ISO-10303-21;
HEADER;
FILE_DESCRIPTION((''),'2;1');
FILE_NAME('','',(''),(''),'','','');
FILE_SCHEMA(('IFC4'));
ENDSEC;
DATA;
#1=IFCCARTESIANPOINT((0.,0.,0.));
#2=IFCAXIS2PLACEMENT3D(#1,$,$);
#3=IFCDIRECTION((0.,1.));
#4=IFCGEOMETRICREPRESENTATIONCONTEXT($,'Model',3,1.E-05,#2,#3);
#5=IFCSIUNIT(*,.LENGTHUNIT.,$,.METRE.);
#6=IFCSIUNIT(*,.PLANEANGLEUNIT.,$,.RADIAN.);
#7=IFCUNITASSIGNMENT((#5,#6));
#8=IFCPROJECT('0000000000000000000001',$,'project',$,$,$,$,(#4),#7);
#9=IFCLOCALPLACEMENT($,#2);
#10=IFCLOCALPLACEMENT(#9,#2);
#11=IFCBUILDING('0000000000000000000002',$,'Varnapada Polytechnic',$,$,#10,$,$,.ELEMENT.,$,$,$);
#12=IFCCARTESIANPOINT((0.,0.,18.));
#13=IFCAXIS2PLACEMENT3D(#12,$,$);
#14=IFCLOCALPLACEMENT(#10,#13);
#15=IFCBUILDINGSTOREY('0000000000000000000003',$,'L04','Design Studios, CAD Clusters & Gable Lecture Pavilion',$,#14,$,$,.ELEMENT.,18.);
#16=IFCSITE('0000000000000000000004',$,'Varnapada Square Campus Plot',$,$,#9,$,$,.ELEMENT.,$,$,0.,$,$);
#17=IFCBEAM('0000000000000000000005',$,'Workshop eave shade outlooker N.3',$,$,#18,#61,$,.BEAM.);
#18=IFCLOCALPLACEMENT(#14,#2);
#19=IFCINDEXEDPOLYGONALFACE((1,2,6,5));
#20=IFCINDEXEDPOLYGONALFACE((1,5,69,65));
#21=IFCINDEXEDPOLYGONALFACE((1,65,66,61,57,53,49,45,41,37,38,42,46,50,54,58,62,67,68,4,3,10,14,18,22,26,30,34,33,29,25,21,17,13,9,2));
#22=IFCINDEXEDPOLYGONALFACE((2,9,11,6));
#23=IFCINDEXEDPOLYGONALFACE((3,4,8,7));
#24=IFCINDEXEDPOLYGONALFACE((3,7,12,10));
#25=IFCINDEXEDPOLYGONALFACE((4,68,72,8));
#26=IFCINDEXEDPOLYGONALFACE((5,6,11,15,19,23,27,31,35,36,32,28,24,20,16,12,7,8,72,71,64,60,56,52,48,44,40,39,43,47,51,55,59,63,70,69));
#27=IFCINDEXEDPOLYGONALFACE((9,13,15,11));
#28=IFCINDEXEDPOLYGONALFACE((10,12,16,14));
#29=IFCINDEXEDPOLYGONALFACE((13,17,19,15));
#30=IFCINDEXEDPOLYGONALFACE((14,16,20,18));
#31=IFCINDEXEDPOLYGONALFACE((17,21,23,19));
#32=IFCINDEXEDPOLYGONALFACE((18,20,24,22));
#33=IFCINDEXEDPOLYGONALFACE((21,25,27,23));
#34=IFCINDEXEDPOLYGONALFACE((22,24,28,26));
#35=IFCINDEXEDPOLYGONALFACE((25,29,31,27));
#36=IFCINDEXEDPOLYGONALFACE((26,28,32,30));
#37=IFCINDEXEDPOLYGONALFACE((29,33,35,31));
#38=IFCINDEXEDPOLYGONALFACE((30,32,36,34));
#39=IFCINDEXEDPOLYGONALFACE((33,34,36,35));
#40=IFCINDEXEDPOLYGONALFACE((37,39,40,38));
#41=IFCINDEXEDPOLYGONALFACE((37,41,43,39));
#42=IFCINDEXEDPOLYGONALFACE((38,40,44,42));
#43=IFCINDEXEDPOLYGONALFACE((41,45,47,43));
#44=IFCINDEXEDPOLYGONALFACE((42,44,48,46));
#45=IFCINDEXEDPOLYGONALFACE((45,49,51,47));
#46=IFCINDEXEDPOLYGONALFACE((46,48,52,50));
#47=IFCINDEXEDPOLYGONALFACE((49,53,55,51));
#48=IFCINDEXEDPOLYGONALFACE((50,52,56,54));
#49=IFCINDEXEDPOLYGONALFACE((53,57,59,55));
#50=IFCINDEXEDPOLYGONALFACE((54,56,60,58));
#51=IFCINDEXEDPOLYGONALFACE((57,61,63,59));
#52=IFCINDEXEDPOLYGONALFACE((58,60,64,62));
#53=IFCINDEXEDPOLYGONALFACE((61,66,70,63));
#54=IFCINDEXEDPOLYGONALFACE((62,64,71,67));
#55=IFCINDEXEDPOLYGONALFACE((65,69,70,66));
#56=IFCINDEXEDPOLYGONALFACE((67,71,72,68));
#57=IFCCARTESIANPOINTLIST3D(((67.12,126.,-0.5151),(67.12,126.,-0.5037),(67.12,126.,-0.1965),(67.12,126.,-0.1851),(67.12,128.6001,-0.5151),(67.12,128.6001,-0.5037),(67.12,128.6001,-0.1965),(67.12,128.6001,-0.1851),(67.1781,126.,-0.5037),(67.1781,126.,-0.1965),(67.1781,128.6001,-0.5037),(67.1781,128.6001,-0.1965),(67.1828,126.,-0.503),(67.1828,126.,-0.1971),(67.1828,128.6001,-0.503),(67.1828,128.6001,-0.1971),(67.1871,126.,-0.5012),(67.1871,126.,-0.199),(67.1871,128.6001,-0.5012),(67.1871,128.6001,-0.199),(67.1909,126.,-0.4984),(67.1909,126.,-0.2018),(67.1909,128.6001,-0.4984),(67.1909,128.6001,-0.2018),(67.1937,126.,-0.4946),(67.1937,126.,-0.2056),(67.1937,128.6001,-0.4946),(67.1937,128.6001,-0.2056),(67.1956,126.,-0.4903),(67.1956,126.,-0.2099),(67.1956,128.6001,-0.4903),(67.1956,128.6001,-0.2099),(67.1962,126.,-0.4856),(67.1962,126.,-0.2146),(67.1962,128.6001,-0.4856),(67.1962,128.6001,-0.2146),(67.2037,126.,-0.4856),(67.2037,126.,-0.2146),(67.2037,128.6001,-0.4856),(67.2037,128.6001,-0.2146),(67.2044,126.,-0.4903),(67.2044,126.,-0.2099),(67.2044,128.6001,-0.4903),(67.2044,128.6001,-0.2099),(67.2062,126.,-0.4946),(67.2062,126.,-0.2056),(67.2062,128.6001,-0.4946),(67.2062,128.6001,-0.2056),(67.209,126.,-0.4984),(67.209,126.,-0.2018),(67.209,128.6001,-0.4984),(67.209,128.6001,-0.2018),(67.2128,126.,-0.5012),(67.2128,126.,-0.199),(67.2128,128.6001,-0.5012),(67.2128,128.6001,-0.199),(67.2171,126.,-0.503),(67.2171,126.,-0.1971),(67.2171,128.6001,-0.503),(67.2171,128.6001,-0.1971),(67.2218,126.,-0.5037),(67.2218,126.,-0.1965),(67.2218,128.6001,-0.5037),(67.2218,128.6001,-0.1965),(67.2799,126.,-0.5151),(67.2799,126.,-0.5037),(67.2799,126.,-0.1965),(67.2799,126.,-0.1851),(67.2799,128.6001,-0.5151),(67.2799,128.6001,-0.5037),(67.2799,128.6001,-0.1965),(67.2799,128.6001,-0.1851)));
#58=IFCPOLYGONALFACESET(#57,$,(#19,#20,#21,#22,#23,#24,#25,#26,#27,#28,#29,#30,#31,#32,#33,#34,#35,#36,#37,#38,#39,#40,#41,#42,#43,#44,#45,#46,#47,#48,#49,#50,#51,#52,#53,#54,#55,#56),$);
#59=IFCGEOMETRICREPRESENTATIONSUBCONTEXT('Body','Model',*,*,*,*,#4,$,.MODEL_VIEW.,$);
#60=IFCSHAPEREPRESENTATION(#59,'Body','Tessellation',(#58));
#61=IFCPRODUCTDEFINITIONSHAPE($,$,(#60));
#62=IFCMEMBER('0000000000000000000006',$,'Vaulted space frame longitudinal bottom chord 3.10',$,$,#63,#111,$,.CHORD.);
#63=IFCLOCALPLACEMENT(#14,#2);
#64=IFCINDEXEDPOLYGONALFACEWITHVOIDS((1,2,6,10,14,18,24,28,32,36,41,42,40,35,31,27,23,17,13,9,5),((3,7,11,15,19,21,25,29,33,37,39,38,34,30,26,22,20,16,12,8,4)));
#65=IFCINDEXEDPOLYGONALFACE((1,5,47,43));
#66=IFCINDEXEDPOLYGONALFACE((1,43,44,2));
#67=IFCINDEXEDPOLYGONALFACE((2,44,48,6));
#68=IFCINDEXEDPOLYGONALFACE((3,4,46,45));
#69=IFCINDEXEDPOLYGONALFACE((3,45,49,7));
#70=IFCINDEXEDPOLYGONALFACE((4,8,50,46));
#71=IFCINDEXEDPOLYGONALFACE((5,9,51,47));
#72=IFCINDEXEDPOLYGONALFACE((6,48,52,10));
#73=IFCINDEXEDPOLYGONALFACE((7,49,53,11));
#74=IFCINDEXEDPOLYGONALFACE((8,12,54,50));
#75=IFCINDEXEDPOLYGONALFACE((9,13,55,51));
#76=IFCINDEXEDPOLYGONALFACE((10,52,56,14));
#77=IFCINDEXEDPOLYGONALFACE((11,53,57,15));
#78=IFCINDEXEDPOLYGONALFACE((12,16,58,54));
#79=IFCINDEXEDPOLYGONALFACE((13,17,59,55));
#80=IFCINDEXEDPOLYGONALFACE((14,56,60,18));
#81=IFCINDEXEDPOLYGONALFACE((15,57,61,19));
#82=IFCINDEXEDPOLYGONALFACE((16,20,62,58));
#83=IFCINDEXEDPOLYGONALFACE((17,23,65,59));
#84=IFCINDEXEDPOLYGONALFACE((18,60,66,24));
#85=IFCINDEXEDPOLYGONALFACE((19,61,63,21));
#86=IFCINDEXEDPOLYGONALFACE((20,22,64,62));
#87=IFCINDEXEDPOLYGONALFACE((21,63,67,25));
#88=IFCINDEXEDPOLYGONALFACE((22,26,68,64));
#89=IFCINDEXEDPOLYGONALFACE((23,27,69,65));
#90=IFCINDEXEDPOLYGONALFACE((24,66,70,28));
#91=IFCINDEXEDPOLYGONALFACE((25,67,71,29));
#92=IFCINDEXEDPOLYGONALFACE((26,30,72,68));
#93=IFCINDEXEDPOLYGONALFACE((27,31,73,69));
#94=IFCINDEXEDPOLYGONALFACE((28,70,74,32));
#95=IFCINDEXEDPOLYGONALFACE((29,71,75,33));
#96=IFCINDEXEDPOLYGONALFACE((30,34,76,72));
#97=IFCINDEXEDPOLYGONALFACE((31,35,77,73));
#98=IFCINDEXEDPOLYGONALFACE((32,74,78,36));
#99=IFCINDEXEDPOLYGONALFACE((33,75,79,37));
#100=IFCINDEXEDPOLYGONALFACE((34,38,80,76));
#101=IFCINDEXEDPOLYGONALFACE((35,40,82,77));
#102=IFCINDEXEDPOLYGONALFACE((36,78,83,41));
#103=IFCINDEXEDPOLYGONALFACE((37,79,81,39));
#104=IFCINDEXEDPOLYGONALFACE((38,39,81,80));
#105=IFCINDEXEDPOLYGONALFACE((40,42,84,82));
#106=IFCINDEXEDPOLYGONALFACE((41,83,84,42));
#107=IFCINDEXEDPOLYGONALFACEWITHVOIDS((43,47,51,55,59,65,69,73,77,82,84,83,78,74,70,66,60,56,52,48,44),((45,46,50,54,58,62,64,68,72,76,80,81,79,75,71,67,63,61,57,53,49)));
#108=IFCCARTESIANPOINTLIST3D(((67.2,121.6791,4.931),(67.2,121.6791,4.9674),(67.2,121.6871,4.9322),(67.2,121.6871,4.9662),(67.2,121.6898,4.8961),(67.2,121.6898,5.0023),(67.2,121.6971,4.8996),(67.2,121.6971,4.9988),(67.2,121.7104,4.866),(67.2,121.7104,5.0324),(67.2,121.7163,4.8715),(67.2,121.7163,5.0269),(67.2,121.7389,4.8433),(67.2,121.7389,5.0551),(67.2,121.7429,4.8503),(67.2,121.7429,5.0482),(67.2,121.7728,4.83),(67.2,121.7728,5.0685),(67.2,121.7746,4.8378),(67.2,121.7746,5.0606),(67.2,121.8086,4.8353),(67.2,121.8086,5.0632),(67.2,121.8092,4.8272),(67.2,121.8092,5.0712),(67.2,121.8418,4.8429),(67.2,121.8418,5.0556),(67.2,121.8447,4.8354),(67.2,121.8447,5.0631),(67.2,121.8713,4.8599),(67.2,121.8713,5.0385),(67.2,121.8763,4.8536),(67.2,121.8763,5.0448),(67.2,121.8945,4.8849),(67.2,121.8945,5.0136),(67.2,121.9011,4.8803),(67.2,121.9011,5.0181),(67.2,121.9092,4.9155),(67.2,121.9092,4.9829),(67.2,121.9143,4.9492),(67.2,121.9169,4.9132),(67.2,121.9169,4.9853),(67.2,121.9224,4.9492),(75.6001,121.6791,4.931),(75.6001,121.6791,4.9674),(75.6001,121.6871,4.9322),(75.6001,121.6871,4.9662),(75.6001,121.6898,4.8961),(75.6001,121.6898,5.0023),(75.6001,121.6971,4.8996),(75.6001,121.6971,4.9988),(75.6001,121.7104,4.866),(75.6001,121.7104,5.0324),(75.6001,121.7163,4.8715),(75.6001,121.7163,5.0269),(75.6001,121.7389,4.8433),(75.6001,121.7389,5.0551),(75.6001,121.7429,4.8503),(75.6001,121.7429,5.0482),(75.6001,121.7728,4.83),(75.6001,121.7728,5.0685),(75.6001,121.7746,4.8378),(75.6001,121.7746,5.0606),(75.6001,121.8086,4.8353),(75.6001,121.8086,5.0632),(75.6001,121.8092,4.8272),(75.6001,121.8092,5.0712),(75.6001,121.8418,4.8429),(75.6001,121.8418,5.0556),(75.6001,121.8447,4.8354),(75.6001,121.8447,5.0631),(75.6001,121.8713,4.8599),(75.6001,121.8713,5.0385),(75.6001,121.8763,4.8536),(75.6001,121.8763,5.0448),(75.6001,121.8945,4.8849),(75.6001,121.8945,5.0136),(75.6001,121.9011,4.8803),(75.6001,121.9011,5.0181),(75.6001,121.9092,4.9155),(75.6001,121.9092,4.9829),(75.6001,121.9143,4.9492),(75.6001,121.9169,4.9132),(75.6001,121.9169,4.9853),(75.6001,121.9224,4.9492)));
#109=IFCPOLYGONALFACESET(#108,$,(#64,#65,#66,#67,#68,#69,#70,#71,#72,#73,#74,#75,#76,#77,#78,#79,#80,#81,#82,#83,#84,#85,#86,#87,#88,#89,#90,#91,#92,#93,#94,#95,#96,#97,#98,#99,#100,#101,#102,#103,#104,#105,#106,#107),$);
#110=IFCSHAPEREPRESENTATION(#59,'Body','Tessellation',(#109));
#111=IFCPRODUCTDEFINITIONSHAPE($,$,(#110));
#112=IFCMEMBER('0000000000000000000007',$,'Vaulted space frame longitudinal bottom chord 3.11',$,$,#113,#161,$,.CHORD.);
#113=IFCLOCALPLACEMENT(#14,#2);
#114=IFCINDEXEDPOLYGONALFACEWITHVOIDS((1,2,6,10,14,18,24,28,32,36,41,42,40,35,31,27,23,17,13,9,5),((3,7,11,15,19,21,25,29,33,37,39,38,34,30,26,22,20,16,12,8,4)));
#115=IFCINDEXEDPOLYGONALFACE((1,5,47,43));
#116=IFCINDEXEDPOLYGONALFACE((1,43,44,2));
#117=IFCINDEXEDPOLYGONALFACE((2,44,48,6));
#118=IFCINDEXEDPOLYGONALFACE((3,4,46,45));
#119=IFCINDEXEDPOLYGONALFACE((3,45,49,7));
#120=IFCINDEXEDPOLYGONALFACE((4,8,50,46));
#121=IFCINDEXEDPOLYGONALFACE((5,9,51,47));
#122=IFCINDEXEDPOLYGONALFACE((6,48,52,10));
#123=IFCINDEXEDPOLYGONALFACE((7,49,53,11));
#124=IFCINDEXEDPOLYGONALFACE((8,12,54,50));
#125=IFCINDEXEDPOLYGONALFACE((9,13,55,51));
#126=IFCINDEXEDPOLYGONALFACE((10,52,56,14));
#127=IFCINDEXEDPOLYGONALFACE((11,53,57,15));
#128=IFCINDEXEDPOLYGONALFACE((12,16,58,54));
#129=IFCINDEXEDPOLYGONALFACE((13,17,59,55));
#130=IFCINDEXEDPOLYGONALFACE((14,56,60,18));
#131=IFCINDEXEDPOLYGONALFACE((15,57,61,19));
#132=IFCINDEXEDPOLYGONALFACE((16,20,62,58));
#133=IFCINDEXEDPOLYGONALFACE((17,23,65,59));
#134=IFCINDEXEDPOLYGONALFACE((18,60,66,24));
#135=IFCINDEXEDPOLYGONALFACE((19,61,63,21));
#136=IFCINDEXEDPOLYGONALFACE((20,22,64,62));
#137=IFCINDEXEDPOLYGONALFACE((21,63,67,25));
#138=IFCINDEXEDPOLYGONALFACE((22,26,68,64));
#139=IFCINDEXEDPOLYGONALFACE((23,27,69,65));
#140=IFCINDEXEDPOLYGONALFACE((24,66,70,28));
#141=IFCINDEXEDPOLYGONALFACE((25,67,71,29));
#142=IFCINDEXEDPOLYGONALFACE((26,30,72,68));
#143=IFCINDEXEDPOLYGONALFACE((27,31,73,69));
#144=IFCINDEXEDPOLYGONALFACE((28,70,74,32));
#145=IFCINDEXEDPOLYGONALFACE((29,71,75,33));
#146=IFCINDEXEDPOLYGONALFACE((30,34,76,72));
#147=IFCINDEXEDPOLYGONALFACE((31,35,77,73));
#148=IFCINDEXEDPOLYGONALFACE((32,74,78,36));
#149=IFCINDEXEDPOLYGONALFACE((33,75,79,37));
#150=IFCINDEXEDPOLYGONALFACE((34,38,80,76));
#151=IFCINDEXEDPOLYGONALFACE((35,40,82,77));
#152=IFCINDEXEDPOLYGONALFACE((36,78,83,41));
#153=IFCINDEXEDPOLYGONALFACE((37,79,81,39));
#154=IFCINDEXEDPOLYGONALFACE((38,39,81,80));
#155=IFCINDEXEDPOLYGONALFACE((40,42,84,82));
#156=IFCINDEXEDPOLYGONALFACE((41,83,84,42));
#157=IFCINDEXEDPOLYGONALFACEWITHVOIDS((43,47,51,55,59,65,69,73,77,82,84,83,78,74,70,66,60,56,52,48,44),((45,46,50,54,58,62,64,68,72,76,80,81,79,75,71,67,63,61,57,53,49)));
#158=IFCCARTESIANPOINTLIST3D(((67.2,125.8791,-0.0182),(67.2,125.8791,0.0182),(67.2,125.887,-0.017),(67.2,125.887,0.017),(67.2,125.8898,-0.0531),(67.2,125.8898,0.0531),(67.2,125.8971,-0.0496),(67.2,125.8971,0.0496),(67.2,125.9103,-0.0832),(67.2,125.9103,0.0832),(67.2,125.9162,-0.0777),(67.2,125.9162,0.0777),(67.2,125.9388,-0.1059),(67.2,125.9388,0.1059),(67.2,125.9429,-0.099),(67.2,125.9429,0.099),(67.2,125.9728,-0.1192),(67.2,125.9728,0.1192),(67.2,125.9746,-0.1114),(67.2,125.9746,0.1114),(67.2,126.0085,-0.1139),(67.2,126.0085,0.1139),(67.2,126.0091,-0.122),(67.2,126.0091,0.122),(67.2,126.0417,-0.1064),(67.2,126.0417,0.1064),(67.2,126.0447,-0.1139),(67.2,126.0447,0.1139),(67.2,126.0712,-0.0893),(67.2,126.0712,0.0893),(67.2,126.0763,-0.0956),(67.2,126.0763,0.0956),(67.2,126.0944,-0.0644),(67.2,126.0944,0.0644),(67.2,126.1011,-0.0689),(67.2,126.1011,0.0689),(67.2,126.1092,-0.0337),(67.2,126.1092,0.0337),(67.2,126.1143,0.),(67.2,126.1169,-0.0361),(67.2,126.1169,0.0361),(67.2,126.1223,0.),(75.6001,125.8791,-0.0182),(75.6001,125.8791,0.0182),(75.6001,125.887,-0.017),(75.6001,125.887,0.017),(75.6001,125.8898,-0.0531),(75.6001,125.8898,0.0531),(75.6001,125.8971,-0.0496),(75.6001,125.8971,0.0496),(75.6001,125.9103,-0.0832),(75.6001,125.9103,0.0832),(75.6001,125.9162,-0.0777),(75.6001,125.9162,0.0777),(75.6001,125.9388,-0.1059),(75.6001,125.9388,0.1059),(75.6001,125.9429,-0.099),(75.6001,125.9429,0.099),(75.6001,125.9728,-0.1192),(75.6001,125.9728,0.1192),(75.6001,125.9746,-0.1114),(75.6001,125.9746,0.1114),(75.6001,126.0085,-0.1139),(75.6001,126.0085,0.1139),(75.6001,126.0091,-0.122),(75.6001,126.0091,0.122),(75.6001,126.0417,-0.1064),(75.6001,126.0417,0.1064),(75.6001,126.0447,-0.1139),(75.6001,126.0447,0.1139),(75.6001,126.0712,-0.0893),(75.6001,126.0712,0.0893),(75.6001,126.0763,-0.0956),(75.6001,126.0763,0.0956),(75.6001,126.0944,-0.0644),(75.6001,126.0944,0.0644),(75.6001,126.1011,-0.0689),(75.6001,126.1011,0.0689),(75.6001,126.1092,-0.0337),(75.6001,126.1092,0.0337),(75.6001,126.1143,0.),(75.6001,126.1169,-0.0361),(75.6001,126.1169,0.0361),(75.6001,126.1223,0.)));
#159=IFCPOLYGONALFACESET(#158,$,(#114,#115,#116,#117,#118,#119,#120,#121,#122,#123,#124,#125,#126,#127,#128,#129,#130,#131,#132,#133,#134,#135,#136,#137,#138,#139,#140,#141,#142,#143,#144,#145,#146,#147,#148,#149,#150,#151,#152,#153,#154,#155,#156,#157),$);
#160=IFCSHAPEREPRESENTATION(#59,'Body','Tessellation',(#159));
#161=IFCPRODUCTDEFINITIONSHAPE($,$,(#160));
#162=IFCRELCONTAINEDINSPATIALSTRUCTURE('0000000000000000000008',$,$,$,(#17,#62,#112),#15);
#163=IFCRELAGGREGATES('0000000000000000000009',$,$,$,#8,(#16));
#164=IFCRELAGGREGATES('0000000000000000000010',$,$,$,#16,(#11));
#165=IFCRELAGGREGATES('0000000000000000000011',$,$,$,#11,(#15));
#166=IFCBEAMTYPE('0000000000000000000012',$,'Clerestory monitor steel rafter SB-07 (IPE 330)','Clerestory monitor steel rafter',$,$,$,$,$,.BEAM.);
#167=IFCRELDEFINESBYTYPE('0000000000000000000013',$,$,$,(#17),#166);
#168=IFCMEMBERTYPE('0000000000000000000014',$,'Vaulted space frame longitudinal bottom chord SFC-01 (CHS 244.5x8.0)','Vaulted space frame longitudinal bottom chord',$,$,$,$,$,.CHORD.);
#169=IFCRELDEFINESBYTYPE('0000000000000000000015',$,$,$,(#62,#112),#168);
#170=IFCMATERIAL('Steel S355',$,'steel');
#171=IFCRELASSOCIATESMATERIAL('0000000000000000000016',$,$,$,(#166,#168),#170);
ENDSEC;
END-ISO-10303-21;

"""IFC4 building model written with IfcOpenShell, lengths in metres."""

from ifc_helpers import new_model, si_unit, direction, frame, origin, origin_2d, place, context, subcontext, project, spatial, hollow_circle, i_section, extrude, material, material_profile, profile_set, type_object, element, save


model = new_model("IFC4")

# Units and contexts
model_context = context("Model", 3, precision=1e-05, world=origin(), true_north=direction((0.0, 1.0)))
body_context = subcontext(model_context, "Body", "Model", "MODEL_VIEW")
ifc_project = project(units=[si_unit("LENGTHUNIT", "METRE"), si_unit("PLANEANGLEUNIT", "RADIAN")], contexts=[model_context])

# Site, building, storey
site_placement = place(None, origin())
site = spatial("IfcSite", under=ifc_project, at=site_placement, Name="Varnapada Square Campus Plot", CompositionType="ELEMENT", RefElevation=0.0)
building_placement = place(site_placement, origin())
building = spatial("IfcBuilding", under=site, at=building_placement, Name="Varnapada Polytechnic", CompositionType="ELEMENT")
storey_placement = place(building_placement, frame((0.0, 0.0, 18.0)))
storey = spatial("IfcBuildingStorey", under=building, at=storey_placement, Name="L04", Description="Design Studios, CAD Clusters & Gable Lecture Pavilion", CompositionType="ELEMENT", Elevation=18.0)

# Beam
ifc_material = material(Name="Steel S355", Category="steel")
ifc_material_profile_1 = material_profile(ifc_material, i_section(OverallWidth=0.1599, OverallDepth=0.3301, WebThickness=0.0076, FlangeThickness=0.0115, FilletRadius=0.0181, at=origin_2d()), Name="IPE 330")
ifc_profile_set_1 = profile_set([ifc_material_profile_1], Name="Steel S355")
beam_type_1 = type_object("IfcBeamType", Name="Clerestory monitor steel rafter SB-07 (IPE 330)", Description="Clerestory monitor steel rafter", PredefinedType="BEAM", material=ifc_profile_set_1)
beam_1_placement = place(storey_placement, frame((67.2, 126.0, -0.3501), z_axis=(0.0, 1.0, 0.0), x_axis=(-1.0, 0.0, 0.0)))
element("IfcBeam", 1, at=beam_1_placement, inside=storey, type_object=beam_type_1, Name="Workshop eave shade outlooker N.3", PredefinedType="BEAM", context=body_context, shape_type="SweptSolid", body=[
    extrude(i_section(OverallWidth=0.1599, OverallDepth=0.3301, WebThickness=0.0076, FlangeThickness=0.0115, FilletRadius=0.0181, at=origin_2d()), origin(), (0.0, 0.0, 1.0), 2.6001),
])

# Members
ifc_material_profile_2 = material_profile(ifc_material, hollow_circle(Radius=0.1223, WallThickness=0.0081, at=origin_2d()), Name="CHS 244.5x8.0")
ifc_profile_set_2 = profile_set([ifc_material_profile_2], Name="Steel S355")
member_type_1 = type_object("IfcMemberType", Name="Vaulted space frame longitudinal bottom chord SFC-01 (CHS 244.5x8.0)", Description="Vaulted space frame longitudinal bottom chord", PredefinedType="CHORD", material=ifc_profile_set_2)
for number, where, z_axis, x_axis, name in (
    (2, (67.2, 121.8, 4.9492), (1.0, 0.0, 0.0), (0.0, 1.0, 0.0), "Vaulted space frame longitudinal bottom chord 3.10"),
    (3, (67.2, 126.0, 0.0), (1.0, 0.0, 0.0), (0.0, 1.0, 0.0), "Vaulted space frame longitudinal bottom chord 3.11"),
):
    element("IfcMember", number, at=place(storey_placement, frame(where, z_axis=z_axis, x_axis=x_axis)), inside=storey, type_object=member_type_1, Name=name, PredefinedType="CHORD", context=body_context, shape_type="SweptSolid", body=[
        extrude(hollow_circle(Radius=0.1223, WallThickness=0.0081, at=origin_2d()), origin(), (0.0, 0.0, 1.0), 8.4001),
    ])

save(model, "model.ifc")
